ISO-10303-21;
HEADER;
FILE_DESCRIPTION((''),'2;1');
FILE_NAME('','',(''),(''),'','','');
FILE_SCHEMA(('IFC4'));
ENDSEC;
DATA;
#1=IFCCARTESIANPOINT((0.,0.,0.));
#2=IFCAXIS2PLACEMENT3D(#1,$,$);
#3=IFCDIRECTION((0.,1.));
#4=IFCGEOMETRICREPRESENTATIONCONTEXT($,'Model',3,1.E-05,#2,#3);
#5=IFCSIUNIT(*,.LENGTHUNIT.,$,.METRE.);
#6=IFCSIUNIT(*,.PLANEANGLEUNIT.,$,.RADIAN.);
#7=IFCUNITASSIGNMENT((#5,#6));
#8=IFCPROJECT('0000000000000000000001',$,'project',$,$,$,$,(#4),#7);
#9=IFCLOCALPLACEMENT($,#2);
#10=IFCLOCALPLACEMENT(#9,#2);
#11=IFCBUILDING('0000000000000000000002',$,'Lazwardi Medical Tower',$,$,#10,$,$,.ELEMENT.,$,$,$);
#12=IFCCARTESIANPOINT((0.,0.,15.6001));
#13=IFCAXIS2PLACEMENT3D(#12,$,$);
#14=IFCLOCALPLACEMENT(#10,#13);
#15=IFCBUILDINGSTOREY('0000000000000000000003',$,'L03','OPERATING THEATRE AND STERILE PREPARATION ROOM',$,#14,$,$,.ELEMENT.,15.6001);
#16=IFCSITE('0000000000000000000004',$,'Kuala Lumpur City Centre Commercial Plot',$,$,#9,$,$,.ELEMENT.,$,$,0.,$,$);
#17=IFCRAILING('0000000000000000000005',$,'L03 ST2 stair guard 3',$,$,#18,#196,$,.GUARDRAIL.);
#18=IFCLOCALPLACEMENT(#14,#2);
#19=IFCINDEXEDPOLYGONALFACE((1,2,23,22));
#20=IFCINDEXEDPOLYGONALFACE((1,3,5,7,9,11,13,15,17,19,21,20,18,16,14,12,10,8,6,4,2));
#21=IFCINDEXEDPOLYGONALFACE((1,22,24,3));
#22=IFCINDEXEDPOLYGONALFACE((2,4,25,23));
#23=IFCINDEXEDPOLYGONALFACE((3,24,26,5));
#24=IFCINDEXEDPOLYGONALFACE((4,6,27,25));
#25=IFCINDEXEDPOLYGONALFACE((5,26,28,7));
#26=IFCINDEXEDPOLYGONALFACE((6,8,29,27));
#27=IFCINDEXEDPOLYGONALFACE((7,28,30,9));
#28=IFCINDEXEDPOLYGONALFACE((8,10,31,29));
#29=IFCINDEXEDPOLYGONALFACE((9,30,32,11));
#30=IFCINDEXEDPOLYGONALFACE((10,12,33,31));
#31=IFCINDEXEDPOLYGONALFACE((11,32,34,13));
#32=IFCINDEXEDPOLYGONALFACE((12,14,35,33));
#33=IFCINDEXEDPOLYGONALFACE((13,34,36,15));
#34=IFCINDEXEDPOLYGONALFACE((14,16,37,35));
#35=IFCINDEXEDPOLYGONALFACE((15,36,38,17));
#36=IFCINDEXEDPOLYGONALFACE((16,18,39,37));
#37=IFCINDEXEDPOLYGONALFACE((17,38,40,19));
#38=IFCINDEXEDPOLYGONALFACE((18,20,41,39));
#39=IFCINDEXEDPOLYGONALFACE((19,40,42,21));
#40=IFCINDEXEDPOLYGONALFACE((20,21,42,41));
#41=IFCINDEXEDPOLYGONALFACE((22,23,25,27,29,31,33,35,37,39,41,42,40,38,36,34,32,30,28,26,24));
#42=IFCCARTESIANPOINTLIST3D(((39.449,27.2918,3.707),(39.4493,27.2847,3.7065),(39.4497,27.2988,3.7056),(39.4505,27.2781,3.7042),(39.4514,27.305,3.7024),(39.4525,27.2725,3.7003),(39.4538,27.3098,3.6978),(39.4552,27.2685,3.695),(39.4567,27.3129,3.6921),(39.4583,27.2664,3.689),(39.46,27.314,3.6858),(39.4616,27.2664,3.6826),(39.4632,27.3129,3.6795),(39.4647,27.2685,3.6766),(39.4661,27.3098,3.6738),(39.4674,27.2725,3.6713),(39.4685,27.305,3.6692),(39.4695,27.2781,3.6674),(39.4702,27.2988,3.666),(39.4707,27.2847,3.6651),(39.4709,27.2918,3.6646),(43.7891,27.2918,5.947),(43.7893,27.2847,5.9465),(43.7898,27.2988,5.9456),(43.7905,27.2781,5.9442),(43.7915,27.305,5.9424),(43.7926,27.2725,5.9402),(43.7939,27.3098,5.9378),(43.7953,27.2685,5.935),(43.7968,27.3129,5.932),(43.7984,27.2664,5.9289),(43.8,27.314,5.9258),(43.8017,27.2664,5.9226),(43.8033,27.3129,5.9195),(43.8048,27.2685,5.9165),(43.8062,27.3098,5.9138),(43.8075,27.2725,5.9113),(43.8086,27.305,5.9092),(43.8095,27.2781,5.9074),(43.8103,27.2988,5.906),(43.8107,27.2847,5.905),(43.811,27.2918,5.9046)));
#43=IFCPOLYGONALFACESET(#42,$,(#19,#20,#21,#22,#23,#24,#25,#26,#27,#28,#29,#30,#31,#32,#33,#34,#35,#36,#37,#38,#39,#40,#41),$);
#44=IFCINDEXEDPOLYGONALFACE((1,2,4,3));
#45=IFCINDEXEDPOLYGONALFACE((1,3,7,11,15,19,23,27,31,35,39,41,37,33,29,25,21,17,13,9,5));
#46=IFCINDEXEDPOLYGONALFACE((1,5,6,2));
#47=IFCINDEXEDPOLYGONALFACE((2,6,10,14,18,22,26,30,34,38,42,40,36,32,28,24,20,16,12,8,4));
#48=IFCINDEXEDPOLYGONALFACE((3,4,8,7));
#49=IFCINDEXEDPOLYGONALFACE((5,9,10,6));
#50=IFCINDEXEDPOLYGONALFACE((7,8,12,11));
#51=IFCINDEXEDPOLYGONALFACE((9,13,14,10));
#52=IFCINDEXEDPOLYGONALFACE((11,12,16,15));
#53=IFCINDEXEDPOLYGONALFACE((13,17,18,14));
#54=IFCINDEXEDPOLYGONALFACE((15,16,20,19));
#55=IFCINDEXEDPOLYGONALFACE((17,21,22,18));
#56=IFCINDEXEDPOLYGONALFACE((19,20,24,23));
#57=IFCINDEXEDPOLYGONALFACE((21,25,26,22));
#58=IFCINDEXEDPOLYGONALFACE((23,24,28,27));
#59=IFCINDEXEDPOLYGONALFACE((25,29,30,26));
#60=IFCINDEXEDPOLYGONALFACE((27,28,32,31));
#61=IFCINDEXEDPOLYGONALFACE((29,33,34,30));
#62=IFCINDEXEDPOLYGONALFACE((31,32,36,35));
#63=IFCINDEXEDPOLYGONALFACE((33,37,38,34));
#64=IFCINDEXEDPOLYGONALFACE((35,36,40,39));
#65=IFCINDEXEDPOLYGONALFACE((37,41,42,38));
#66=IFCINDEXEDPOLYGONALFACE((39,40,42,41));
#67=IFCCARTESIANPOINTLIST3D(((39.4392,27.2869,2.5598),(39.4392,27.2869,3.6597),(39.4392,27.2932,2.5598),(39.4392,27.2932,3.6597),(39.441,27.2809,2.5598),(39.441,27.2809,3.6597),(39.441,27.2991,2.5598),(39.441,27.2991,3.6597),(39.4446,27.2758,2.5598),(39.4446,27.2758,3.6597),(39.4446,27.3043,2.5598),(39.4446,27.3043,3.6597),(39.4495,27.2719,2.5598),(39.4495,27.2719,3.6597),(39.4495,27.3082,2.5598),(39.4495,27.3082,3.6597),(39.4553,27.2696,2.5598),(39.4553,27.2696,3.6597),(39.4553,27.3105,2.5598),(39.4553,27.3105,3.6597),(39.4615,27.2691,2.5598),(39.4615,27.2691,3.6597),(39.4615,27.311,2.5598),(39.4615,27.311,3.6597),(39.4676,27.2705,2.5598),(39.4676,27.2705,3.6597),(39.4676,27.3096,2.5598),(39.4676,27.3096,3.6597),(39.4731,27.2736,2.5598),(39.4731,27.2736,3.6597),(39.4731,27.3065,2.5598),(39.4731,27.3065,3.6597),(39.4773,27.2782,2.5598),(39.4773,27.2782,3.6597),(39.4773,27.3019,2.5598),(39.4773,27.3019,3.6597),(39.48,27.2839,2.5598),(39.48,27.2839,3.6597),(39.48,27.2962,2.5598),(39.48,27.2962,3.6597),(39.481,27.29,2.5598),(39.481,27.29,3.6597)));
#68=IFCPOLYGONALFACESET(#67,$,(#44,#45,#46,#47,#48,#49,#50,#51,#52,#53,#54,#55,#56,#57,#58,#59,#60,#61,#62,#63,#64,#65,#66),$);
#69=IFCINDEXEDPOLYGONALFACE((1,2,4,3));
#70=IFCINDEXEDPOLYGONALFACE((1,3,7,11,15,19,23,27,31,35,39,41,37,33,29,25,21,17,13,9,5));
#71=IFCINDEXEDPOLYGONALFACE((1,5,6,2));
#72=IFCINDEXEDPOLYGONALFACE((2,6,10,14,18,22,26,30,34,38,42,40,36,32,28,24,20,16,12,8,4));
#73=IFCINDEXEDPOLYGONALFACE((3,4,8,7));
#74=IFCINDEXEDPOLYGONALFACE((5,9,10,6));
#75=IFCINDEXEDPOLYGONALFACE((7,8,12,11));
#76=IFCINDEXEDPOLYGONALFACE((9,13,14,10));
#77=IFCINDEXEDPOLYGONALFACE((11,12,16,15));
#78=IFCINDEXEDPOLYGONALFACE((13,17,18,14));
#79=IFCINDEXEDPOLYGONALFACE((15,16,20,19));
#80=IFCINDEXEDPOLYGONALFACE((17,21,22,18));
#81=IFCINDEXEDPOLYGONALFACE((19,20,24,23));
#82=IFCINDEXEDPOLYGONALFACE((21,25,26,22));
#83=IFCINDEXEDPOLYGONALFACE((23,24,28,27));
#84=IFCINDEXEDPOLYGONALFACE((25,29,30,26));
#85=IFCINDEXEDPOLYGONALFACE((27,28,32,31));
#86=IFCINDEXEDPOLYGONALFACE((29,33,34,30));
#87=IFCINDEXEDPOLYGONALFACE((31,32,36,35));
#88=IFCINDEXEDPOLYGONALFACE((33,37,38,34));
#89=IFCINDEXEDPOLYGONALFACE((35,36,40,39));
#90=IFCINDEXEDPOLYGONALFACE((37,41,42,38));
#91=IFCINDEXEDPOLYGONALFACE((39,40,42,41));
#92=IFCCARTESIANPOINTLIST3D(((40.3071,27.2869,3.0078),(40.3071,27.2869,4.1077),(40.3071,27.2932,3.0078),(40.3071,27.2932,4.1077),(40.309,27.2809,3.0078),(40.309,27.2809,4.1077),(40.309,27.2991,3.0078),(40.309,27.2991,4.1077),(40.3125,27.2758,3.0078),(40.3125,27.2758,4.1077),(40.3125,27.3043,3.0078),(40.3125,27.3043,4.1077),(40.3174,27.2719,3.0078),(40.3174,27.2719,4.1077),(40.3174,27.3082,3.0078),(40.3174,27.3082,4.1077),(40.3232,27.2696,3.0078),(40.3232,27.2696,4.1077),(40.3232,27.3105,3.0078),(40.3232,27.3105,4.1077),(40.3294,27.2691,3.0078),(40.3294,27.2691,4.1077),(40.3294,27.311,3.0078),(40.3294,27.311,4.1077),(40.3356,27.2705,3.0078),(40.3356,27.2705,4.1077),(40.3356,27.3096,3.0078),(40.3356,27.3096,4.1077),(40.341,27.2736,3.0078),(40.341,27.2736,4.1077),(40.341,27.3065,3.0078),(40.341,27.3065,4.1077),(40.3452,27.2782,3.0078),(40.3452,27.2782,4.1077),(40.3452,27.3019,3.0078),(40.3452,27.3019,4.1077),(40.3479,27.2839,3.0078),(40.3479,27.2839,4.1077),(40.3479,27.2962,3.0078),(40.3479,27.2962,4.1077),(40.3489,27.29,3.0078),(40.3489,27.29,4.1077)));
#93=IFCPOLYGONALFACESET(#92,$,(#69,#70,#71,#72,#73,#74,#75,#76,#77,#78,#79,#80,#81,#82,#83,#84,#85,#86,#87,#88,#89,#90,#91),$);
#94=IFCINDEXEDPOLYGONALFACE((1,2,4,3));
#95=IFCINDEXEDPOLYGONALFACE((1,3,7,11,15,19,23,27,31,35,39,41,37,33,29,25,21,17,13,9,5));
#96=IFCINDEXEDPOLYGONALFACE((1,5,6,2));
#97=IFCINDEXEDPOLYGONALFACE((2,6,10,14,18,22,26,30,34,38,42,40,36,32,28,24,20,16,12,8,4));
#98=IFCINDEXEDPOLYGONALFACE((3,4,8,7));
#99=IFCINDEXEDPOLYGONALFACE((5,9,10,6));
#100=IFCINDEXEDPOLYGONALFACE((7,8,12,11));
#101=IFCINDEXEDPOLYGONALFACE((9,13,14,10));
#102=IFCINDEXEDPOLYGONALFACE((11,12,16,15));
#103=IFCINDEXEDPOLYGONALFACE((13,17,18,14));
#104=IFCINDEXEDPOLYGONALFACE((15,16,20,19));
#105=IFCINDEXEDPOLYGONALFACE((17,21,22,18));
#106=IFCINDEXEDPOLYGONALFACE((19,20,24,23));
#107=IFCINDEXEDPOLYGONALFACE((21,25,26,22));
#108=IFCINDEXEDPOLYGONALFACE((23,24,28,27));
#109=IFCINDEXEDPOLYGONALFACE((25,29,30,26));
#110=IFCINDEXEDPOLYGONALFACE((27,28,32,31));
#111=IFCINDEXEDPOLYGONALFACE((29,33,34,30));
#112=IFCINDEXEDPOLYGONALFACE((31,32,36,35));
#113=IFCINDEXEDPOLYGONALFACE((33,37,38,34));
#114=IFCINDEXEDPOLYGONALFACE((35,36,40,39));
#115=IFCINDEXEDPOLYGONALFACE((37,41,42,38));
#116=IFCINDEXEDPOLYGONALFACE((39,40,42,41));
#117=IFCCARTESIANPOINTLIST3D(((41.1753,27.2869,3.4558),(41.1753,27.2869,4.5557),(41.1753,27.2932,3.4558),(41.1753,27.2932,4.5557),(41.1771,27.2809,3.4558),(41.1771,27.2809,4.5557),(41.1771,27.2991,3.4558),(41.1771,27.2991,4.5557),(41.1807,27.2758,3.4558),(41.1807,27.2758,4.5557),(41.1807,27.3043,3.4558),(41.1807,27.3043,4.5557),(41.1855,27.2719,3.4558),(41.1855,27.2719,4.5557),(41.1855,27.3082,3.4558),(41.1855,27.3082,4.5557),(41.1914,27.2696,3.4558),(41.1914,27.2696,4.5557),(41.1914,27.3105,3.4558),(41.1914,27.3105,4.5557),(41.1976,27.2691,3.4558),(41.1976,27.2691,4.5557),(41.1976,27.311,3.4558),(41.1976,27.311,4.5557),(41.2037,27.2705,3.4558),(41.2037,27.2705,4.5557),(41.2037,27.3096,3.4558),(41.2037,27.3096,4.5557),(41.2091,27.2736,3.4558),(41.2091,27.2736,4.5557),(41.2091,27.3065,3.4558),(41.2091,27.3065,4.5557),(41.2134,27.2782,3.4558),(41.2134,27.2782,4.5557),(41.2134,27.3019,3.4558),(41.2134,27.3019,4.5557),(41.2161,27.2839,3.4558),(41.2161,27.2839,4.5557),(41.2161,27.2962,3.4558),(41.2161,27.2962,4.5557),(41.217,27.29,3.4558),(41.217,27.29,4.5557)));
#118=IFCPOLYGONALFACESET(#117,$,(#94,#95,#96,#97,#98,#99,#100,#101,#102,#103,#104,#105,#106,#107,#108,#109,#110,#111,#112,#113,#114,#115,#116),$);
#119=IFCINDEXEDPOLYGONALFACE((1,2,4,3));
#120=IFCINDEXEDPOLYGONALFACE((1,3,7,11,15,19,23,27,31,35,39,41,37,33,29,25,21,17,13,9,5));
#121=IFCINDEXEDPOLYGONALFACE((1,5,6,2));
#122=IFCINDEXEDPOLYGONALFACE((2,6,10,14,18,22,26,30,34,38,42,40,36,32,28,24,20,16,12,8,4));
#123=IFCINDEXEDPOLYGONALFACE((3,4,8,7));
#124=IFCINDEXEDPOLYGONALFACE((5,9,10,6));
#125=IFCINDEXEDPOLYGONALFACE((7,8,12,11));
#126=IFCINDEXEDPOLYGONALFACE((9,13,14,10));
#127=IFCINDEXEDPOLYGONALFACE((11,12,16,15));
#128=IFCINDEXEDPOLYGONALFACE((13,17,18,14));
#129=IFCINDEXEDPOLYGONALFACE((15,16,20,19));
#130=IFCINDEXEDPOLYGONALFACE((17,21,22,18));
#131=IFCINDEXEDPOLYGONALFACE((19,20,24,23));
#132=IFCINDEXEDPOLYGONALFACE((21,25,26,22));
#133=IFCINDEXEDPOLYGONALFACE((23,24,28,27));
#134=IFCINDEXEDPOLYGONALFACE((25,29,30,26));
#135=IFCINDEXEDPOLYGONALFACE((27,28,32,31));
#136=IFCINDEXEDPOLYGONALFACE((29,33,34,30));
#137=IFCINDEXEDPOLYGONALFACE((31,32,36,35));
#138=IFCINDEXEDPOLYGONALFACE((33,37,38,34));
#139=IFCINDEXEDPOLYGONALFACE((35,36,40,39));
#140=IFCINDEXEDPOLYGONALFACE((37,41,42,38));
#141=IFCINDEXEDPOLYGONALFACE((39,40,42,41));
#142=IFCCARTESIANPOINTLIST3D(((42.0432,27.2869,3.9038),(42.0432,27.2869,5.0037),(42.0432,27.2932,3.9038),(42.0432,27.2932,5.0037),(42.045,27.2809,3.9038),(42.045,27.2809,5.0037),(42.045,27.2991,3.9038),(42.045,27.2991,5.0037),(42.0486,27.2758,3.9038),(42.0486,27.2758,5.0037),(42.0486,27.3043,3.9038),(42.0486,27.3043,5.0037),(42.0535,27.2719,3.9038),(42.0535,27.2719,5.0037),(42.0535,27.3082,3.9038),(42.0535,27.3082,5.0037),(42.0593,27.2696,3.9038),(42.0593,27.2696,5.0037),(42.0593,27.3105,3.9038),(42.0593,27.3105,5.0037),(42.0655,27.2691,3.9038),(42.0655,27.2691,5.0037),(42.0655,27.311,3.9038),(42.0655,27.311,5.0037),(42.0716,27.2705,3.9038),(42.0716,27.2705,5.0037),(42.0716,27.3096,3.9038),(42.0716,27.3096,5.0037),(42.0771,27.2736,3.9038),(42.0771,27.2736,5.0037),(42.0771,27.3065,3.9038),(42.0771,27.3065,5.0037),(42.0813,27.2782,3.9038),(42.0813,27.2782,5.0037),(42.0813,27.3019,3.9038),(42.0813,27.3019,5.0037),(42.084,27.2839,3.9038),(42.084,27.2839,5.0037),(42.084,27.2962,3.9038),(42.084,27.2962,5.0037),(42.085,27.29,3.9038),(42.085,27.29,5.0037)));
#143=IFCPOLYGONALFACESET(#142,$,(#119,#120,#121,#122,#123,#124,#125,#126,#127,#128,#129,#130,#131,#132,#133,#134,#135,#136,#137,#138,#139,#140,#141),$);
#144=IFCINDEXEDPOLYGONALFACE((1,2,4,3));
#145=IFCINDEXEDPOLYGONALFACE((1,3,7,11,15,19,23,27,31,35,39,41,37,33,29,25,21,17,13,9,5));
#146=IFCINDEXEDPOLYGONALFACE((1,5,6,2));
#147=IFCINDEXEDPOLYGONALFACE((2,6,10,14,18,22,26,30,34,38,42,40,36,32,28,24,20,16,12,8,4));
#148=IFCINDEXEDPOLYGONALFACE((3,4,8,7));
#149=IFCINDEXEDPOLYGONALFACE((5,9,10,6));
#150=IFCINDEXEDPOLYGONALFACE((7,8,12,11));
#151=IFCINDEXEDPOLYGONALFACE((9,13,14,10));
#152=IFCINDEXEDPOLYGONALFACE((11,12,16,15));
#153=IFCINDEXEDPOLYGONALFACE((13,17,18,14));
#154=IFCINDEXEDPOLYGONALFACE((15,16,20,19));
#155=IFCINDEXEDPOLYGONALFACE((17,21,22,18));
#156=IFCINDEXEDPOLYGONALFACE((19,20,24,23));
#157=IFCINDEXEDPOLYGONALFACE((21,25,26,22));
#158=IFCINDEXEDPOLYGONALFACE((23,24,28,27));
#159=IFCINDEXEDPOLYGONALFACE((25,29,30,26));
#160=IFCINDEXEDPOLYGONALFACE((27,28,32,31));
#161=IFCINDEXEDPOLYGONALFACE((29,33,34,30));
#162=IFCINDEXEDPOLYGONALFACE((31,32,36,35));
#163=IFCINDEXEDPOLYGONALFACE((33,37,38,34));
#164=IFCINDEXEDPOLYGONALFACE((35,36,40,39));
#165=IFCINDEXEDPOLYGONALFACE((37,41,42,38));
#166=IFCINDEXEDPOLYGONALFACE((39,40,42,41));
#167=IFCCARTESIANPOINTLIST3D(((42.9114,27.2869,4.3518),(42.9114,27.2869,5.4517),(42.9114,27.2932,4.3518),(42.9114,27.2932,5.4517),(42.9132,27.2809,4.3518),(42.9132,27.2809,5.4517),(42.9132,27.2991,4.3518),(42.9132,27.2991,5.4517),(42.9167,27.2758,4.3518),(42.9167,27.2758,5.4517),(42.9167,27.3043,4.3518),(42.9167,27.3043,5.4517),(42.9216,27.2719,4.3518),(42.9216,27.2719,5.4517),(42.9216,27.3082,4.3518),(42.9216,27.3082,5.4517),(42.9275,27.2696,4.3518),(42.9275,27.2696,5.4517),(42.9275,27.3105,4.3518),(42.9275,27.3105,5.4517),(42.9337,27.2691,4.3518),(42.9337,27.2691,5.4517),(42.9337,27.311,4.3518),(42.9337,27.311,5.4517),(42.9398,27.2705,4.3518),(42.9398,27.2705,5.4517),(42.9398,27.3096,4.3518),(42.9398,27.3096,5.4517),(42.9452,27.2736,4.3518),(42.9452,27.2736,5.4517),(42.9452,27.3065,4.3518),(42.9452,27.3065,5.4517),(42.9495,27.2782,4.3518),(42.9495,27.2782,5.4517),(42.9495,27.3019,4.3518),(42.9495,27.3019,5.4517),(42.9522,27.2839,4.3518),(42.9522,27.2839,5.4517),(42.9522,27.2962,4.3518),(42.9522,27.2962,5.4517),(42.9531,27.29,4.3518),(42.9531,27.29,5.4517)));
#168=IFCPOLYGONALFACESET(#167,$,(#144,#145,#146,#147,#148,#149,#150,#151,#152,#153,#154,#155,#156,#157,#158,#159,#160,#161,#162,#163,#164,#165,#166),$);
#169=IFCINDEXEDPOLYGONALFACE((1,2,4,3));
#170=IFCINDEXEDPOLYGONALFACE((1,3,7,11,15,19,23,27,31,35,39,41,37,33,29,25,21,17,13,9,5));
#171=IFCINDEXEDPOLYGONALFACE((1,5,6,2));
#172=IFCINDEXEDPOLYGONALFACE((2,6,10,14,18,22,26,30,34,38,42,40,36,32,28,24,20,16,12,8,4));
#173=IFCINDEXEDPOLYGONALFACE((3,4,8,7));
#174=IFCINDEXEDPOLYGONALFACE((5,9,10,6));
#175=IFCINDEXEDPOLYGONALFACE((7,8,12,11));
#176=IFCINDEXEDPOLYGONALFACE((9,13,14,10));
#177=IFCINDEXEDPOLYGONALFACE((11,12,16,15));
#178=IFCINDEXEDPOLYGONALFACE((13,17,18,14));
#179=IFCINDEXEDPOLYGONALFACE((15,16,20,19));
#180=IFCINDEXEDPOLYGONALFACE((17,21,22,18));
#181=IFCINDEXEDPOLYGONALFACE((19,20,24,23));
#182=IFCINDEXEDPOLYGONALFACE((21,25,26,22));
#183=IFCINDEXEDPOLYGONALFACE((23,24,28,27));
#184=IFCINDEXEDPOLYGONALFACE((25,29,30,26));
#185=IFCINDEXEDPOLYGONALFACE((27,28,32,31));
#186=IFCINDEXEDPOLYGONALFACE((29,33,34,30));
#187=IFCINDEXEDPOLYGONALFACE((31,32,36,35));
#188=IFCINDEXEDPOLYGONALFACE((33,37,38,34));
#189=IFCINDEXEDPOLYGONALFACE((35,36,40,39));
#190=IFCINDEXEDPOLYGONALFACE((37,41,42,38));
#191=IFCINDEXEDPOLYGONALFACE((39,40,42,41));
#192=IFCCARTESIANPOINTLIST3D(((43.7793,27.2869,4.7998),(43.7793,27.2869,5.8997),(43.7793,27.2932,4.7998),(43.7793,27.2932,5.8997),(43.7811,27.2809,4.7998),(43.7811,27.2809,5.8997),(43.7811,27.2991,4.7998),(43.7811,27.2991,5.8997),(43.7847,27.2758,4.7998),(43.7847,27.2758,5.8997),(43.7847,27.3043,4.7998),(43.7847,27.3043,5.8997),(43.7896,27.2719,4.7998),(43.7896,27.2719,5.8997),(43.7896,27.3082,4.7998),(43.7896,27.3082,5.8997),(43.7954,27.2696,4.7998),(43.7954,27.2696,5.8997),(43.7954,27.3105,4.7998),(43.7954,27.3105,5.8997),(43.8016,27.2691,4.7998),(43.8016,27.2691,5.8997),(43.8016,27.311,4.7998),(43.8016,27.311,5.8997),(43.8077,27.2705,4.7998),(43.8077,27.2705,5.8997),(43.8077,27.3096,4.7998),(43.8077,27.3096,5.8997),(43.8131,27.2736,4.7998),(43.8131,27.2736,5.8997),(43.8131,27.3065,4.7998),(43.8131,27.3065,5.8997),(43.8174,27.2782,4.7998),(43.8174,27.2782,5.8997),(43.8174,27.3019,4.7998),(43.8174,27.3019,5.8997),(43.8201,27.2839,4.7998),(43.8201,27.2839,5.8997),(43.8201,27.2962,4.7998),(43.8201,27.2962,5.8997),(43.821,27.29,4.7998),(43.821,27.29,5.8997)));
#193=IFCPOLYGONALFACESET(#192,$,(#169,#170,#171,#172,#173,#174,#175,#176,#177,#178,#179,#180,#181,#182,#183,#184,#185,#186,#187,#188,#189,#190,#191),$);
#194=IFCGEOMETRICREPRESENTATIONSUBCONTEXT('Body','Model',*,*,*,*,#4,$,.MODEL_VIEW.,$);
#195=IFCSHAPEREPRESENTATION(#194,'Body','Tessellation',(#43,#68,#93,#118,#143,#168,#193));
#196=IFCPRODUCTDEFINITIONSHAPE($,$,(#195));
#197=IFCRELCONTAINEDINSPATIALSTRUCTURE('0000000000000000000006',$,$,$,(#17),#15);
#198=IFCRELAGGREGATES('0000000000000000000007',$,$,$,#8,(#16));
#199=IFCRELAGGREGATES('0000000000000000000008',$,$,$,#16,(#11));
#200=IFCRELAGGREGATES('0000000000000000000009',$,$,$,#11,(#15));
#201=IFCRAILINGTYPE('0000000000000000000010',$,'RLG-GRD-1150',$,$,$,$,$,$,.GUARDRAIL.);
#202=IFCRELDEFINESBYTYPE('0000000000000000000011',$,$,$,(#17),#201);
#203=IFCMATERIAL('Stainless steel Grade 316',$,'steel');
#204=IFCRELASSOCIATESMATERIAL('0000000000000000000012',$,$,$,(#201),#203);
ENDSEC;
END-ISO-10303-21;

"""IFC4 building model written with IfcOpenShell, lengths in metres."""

from ifc_helpers import new_model, si_unit, direction, frame, origin, origin_2d, place, context, subcontext, project, spatial, circle, extrude, material, type_object, element, save


model = new_model("IFC4")

# Units and contexts
model_context = context("Model", 3, precision=1e-05, world=origin(), true_north=direction((0.0, 1.0)))
body_context = subcontext(model_context, "Body", "Model", "MODEL_VIEW")
ifc_project = project(units=[si_unit("LENGTHUNIT", "METRE"), si_unit("PLANEANGLEUNIT", "RADIAN")], contexts=[model_context])

# Site, building, storey
site_placement = place(None, origin())
site = spatial("IfcSite", under=ifc_project, at=site_placement, Name="Kuala Lumpur City Centre Commercial Plot", CompositionType="ELEMENT", RefElevation=0.0)
building_placement = place(site_placement, origin())
building = spatial("IfcBuilding", under=site, at=building_placement, Name="Lazwardi Medical Tower", CompositionType="ELEMENT")
storey_placement = place(building_placement, frame((0.0, 0.0, 15.6001)))
storey = spatial("IfcBuildingStorey", under=building, at=storey_placement, Name="L03", Description="OPERATING THEATRE AND STERILE PREPARATION ROOM", CompositionType="ELEMENT", Elevation=15.6001)

# Railing
ifc_material_1 = material(Name="Stainless steel Grade 316", Category="steel")
railing_type_1 = type_object("IfcRailingType", Name="RLG-GRD-1150", PredefinedType="GUARDRAIL", material=ifc_material_1)
railing_1_placement = place(storey_placement, frame((39.46, 27.29, 2.5598)))
element("IfcRailing", 1, at=railing_1_placement, inside=storey, type_object=railing_type_1, Name="L03 ST2 stair guard 3", PredefinedType="GUARDRAIL", context=body_context, shape_type="SweptSolid", body=[
    extrude(circle(Radius=0.0239, at=origin_2d()), frame((0.0, 0.0, 1.126), z_axis=(0.888625, 0.0, 0.458634), x_axis=(0.0, 1.0, 0.0)), (0.0, 0.0, 1.0), 4.884),
    extrude(circle(Radius=0.021, at=origin_2d()), origin(), (0.0, 0.0, 1.0), 1.0999),
    extrude(circle(Radius=0.021, at=origin_2d()), frame((0.8679, 0.0, 0.448)), (0.0, 0.0, 1.0), 1.0999),
    extrude(circle(Radius=0.021, at=origin_2d()), frame((1.7361, 0.0, 0.896)), (0.0, 0.0, 1.0), 1.0999),
    extrude(circle(Radius=0.021, at=origin_2d()), frame((2.604, 0.0, 1.344)), (0.0, 0.0, 1.0), 1.0999),
    extrude(circle(Radius=0.021, at=origin_2d()), frame((3.4722, 0.0, 1.792)), (0.0, 0.0, 1.0), 1.0999),
    extrude(circle(Radius=0.021, at=origin_2d()), frame((4.3401, 0.0, 2.24)), (0.0, 0.0, 1.0), 1.0999),
])

save(model, "model.ifc")
